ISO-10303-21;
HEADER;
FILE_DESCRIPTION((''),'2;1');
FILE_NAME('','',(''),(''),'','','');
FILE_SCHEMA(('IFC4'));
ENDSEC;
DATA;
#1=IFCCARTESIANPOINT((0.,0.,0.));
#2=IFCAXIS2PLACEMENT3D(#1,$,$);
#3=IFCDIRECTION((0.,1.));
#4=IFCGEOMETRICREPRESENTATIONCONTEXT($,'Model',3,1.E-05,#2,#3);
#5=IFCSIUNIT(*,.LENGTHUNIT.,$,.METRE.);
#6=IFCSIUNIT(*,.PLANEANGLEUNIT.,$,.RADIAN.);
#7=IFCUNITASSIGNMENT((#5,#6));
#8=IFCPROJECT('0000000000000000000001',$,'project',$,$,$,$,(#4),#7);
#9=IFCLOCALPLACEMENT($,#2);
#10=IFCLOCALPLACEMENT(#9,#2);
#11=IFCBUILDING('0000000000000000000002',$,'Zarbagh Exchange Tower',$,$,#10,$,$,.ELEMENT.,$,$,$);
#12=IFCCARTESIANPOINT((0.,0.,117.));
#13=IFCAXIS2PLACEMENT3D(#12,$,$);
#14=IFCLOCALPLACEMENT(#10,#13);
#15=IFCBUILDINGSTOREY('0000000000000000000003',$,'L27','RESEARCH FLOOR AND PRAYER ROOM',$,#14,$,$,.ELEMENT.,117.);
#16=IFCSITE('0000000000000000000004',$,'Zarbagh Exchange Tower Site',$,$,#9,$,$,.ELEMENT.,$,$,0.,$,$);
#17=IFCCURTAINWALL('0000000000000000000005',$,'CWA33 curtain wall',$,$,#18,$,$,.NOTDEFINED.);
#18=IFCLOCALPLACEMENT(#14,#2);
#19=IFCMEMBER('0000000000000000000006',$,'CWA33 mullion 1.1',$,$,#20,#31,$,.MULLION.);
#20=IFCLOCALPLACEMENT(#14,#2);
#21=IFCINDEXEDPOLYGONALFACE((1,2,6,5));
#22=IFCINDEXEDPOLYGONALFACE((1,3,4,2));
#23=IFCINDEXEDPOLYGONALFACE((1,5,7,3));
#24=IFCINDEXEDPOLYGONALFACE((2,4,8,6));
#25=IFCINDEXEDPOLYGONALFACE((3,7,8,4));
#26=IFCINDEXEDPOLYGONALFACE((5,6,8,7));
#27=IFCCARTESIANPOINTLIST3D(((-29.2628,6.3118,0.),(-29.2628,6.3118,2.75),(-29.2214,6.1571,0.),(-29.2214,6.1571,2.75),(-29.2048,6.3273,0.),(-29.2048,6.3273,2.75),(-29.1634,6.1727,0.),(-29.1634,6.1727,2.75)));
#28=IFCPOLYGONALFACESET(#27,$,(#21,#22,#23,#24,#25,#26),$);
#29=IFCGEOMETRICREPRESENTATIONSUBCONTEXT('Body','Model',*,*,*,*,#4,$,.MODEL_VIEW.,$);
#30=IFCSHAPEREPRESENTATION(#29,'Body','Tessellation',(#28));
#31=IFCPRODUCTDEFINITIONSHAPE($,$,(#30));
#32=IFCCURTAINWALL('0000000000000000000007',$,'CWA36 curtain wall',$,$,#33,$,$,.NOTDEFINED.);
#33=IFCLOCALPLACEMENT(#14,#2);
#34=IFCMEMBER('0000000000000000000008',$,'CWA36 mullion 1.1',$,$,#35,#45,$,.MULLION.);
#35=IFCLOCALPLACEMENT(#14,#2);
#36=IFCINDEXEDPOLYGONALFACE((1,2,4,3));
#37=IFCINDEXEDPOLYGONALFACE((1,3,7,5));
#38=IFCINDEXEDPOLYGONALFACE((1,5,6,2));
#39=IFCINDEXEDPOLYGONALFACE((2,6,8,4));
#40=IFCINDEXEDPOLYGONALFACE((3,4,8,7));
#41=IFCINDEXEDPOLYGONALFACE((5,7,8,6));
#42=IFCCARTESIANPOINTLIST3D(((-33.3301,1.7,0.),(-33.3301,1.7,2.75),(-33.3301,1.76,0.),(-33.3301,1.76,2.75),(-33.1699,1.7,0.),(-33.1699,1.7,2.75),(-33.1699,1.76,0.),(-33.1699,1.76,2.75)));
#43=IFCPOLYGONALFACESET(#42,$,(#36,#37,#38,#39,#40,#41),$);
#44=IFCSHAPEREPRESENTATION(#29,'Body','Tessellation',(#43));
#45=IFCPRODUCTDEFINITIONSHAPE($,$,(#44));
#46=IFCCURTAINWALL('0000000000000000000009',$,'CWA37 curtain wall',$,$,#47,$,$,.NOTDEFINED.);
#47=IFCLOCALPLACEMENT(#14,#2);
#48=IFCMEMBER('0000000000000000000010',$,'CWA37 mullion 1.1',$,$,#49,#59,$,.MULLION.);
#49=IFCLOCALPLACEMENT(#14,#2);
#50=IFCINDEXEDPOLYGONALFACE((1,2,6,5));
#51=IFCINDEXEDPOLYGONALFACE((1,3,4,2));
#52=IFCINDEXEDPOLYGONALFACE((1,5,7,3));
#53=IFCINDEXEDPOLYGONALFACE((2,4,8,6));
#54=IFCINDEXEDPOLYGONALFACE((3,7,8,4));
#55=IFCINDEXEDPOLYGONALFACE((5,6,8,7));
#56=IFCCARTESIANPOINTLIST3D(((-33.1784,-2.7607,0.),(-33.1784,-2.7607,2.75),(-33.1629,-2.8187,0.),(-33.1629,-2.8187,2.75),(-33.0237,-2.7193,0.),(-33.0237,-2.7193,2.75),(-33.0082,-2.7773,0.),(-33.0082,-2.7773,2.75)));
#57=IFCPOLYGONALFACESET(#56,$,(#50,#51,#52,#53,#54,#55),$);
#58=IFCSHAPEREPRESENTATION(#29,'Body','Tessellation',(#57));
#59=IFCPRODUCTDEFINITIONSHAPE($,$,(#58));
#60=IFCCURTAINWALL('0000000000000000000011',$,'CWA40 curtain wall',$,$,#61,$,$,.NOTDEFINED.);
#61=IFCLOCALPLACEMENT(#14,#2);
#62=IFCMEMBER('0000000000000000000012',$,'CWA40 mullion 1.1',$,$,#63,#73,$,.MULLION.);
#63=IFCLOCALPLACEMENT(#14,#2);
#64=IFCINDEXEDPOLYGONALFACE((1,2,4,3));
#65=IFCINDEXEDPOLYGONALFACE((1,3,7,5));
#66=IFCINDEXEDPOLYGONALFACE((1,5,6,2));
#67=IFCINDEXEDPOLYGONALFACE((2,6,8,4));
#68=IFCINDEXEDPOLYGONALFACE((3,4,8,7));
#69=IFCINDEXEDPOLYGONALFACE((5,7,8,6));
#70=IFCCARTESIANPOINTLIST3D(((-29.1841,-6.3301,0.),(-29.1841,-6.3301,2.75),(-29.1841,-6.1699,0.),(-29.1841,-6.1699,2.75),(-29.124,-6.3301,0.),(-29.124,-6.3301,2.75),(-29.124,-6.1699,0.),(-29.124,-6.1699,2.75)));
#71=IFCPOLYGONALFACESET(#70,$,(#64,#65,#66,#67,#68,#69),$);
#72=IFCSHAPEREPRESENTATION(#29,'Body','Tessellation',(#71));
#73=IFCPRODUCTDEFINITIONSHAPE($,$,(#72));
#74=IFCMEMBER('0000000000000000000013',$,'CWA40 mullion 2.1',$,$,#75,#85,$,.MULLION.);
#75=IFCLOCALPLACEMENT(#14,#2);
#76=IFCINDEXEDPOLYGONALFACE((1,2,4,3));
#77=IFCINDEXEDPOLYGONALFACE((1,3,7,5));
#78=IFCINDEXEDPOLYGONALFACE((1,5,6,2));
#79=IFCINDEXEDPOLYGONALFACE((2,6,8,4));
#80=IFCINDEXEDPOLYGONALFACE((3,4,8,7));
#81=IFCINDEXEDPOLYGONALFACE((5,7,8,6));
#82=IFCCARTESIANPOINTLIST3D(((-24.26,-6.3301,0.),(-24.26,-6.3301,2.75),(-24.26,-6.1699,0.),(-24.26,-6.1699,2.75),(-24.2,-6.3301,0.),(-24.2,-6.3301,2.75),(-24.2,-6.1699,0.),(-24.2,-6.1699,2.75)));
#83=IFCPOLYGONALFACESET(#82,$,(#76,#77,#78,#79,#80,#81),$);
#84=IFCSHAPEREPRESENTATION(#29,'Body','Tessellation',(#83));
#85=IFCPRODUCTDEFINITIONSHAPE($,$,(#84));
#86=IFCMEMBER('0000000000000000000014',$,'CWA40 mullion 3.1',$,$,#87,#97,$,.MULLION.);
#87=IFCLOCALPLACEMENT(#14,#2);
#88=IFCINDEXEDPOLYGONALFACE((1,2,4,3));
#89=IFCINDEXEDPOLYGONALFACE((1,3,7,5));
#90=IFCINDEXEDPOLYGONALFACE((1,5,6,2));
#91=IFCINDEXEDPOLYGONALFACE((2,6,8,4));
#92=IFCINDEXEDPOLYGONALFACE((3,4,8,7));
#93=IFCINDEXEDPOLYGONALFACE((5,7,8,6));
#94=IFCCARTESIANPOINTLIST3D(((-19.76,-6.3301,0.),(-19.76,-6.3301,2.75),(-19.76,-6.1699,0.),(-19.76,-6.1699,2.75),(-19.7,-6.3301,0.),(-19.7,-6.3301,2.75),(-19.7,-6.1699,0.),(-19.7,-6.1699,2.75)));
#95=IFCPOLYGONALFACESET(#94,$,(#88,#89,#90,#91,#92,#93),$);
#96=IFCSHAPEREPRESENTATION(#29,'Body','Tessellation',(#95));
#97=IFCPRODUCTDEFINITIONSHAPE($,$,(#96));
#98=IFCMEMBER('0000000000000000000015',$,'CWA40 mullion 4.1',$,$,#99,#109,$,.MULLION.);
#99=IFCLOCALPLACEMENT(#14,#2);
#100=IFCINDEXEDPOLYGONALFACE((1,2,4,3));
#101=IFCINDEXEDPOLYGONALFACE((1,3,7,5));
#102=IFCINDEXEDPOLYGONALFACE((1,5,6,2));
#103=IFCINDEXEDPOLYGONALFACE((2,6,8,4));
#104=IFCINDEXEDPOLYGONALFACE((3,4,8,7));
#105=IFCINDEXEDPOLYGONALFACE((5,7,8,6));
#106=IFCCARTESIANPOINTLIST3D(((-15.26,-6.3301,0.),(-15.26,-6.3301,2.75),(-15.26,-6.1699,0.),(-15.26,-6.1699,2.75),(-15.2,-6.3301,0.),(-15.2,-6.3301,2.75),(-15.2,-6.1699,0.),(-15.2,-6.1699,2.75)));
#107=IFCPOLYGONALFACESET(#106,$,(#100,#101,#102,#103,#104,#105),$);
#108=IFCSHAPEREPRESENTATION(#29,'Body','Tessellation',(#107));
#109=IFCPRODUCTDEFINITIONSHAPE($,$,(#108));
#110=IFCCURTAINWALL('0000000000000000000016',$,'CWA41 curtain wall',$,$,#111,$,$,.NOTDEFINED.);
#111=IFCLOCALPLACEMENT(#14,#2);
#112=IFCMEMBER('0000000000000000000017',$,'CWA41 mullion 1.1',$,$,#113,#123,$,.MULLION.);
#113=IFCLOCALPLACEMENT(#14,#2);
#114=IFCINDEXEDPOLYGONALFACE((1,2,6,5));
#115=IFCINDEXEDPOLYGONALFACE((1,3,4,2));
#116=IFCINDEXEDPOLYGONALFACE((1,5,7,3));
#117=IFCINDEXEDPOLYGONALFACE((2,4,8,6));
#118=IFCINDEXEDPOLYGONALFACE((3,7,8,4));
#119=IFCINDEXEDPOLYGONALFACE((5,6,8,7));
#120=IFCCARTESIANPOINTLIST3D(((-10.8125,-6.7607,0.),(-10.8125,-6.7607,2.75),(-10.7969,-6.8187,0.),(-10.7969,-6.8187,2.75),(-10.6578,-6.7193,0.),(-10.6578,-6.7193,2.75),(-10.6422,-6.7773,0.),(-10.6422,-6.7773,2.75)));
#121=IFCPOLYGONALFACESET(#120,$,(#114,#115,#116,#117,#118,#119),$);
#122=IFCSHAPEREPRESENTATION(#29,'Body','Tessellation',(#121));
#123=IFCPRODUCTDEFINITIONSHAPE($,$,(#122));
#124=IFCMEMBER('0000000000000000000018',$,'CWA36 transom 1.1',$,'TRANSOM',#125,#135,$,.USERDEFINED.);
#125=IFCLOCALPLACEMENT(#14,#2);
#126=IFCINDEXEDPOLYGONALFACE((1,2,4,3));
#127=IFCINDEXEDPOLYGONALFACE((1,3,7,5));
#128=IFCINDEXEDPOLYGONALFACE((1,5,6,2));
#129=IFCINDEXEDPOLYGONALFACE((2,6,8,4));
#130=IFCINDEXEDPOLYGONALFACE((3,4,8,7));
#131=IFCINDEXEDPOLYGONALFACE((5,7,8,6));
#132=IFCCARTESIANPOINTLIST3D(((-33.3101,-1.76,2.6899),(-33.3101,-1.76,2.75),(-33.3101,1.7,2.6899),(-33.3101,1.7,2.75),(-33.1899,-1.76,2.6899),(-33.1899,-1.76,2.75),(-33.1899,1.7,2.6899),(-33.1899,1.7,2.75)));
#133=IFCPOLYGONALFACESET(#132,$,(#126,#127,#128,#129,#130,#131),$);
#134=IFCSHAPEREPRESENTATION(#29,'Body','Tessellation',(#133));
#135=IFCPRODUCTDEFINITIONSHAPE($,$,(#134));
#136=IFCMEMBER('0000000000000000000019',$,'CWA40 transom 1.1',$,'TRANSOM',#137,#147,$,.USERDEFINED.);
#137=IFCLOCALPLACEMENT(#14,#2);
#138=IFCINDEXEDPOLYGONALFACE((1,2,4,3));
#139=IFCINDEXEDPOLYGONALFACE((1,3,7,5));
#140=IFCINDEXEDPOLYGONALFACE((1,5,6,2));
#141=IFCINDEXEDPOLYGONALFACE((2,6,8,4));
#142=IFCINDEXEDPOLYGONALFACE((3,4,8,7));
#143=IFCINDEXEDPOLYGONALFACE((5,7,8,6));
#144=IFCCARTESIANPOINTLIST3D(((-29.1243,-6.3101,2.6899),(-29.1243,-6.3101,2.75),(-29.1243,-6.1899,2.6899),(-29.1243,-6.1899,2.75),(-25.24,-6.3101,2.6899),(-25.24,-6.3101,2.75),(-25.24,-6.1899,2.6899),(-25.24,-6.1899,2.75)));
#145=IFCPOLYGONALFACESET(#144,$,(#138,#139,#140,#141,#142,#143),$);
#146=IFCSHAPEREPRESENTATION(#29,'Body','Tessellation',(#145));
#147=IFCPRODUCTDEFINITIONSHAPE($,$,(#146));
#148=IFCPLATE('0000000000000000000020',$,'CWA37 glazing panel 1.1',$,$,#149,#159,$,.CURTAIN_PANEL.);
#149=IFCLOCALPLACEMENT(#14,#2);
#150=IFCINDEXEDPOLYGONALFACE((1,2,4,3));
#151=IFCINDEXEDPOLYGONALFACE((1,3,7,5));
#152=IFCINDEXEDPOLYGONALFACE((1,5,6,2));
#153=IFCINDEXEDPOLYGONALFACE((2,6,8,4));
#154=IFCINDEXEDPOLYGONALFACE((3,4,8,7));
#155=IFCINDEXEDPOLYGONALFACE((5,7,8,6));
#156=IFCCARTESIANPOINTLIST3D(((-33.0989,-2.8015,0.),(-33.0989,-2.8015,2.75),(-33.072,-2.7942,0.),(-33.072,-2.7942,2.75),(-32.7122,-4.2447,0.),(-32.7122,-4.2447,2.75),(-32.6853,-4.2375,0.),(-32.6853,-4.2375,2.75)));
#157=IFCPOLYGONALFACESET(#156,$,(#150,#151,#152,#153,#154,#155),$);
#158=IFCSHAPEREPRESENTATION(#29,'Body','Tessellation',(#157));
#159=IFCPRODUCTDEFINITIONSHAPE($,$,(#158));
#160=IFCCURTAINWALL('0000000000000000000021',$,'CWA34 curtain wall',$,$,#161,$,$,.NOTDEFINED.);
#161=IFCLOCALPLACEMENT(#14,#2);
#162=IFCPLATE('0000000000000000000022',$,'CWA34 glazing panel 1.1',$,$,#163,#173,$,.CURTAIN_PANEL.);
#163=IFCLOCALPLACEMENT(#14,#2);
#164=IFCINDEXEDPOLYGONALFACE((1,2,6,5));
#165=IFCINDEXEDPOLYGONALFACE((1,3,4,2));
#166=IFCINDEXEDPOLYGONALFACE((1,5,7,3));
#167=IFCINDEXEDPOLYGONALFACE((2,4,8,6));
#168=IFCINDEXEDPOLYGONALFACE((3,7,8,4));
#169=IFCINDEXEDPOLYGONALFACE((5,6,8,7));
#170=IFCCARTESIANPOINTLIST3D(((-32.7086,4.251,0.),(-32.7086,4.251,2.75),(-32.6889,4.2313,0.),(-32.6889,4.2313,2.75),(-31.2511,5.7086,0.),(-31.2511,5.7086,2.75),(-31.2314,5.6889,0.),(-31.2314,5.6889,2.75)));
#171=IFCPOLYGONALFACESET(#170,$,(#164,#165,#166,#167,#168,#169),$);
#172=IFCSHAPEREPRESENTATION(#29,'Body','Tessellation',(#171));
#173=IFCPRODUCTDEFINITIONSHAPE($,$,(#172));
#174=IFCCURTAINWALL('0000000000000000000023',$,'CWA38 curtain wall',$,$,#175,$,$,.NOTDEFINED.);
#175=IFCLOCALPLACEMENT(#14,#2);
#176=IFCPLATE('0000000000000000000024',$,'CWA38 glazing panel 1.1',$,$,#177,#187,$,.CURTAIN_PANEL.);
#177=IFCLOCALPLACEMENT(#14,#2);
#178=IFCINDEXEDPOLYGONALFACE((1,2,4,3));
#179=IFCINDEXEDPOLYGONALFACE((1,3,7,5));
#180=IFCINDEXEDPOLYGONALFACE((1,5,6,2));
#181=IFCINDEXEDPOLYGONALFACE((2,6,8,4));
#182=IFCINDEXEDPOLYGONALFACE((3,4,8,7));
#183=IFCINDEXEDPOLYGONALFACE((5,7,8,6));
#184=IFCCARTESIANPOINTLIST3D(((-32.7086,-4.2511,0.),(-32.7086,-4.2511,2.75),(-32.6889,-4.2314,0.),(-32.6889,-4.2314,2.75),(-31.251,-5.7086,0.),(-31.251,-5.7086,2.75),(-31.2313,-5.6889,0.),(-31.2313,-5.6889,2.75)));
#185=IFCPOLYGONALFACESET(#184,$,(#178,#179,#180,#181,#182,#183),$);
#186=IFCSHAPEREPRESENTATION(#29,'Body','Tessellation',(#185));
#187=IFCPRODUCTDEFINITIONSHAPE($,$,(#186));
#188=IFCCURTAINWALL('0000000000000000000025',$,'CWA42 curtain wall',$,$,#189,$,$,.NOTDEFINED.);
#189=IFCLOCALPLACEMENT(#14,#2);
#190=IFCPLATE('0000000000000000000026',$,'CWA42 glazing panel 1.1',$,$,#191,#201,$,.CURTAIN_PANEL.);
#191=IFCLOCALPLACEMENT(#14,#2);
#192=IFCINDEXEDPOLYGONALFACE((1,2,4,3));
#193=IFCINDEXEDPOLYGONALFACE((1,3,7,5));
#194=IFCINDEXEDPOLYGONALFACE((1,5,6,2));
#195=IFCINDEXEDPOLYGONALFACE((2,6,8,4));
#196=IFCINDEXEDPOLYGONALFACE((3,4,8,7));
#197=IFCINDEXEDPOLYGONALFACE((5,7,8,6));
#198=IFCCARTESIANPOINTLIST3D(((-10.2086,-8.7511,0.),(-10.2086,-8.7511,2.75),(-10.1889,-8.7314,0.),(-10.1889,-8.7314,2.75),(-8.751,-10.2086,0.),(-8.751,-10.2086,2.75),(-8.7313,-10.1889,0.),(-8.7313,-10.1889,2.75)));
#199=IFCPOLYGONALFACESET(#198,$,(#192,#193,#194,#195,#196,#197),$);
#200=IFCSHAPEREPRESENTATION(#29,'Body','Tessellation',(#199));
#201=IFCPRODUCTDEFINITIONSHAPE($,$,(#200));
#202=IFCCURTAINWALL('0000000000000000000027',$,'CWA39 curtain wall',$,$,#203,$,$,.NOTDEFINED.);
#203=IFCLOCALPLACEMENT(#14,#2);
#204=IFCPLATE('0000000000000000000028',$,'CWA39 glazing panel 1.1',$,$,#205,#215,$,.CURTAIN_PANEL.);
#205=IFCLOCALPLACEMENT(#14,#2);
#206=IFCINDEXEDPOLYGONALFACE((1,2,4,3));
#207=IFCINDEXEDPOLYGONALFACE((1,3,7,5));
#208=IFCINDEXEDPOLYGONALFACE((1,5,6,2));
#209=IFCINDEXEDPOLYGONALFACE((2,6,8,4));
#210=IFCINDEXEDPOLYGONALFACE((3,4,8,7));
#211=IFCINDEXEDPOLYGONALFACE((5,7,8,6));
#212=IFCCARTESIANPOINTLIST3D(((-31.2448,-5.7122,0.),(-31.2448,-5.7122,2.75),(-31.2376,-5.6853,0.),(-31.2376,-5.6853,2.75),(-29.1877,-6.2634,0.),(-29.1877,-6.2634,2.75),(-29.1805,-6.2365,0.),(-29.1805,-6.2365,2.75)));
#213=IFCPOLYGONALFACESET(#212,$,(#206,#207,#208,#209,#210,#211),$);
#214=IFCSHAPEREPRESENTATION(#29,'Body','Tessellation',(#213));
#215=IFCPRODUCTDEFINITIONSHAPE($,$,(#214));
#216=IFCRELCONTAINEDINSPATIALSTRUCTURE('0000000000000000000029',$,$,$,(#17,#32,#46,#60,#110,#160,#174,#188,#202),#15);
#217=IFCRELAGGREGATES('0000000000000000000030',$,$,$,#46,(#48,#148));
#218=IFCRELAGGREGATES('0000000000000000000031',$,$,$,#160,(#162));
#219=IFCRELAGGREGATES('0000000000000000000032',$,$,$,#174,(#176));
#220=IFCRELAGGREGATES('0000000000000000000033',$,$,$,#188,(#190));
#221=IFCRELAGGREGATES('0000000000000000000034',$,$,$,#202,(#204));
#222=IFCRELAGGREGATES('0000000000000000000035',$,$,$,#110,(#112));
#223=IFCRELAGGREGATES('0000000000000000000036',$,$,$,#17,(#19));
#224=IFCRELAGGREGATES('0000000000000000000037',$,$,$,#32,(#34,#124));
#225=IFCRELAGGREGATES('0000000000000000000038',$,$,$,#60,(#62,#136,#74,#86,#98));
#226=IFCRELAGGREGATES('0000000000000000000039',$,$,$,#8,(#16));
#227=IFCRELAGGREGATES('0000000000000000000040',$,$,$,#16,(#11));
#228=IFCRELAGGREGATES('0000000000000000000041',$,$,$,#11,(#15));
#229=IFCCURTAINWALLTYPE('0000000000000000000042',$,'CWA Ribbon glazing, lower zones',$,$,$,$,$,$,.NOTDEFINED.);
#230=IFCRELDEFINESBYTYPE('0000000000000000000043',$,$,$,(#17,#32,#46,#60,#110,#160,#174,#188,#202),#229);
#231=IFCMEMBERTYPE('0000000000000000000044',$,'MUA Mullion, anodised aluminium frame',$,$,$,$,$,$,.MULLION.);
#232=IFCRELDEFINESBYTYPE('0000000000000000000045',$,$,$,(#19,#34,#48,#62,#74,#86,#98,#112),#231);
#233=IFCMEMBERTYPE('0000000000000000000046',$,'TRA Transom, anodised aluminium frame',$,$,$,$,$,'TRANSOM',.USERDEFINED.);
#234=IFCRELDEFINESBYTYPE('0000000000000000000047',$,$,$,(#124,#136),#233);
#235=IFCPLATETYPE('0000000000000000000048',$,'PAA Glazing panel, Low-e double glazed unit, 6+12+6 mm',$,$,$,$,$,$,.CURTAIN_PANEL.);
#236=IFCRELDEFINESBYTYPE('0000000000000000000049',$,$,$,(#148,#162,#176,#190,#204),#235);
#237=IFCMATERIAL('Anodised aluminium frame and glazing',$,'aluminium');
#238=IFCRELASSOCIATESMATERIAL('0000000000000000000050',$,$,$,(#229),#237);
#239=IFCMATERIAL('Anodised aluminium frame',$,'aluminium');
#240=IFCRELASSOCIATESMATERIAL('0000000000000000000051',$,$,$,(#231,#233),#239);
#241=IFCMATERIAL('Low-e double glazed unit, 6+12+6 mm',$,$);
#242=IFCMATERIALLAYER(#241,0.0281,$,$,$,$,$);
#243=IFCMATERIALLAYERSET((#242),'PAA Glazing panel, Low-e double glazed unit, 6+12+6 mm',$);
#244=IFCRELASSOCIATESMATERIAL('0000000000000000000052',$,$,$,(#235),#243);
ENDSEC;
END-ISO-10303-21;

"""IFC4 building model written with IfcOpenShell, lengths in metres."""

from ifc_helpers import new_model, si_unit, direction, frame, origin, place, context, subcontext, project, spatial, polyline, outline, extrude, source, transform, mapped, material, layer, layer_set, type_object, element, aggregate, save


model = new_model("IFC4")

# Units and contexts
model_context = context("Model", 3, precision=1e-05, world=origin(), true_north=direction((0.0, 1.0)))
body_context = subcontext(model_context, "Body", "Model", "MODEL_VIEW")
ifc_project = project(units=[si_unit("LENGTHUNIT", "METRE"), si_unit("PLANEANGLEUNIT", "RADIAN")], contexts=[model_context])

# Site, building, storey
site_placement = place(None, origin())
site = spatial("IfcSite", under=ifc_project, at=site_placement, Name="Zarbagh Exchange Tower Site", CompositionType="ELEMENT", RefElevation=0.0)
building_placement = place(site_placement, origin())
building = spatial("IfcBuilding", under=site, at=building_placement, Name="Zarbagh Exchange Tower", CompositionType="ELEMENT")
storey_placement = place(building_placement, frame((0.0, 0.0, 117.0)))
storey = spatial("IfcBuildingStorey", under=building, at=storey_placement, Name="L27", Description="RESEARCH FLOOR AND PRAYER ROOM", CompositionType="ELEMENT", Elevation=117.0)

# Curtain walls, members
ifc_material_1 = material(Name="Anodised aluminium frame and glazing", Category="aluminium")
curtain_wall_type = type_object("IfcCurtainWallType", Name="CWA Ribbon glazing, lower zones", PredefinedType="NOTDEFINED", material=ifc_material_1)
curtain_wall_1_placement = place(storey_placement, origin())
curtain_wall_1 = element("IfcCurtainWall", 1, at=curtain_wall_1_placement, inside=storey, type_object=curtain_wall_type, Name="CWA33 curtain wall", PredefinedType="NOTDEFINED")
ifc_material_2 = material(Name="Anodised aluminium frame", Category="aluminium")
member_type_1 = type_object("IfcMemberType", Name="MUA Mullion, anodised aluminium frame", PredefinedType="MULLION", material=ifc_material_2)
shared_shape_1 = source(origin(), body_context, "Body", "SweptSolid", [
    extrude(outline(polyline([(0.0, -0.0801), (0.0601, -0.0801), (0.0601, 0.0801), (0.0, 0.0801), (0.0, -0.0801)])), origin(), (0.0, 0.0, 1.0), 2.75),
])
placement = place(storey_placement, origin())
member_1 = element("IfcMember", 2, at=placement, type_object=member_type_1, Name="CWA33 mullion 1.1", PredefinedType="MULLION", context=body_context, shape_type="MappedRepresentation", body=[
    mapped(shared_shape_1, transform((-29.1841, 6.25, 0.0), x_axis=(-0.965924, -0.258825, 0.0), y_axis=(0.258825, -0.965924, 0.0), z_axis=(0.0, 0.0, 1.0))),
])
curtain_wall_2_placement = place(storey_placement, origin())
curtain_wall_2 = element("IfcCurtainWall", 3, at=curtain_wall_2_placement, inside=storey, type_object=curtain_wall_type, Name="CWA36 curtain wall", PredefinedType="NOTDEFINED")
member_2 = element("IfcMember", 4, at=placement, type_object=member_type_1, Name="CWA36 mullion 1.1", PredefinedType="MULLION", context=body_context, shape_type="MappedRepresentation", body=[
    mapped(shared_shape_1, transform((-33.25, 1.76, 0.0), x_axis=(0.0, -1.0, 0.0), y_axis=(1.0, 0.0, 0.0), z_axis=(0.0, 0.0, 1.0))),
])
curtain_wall_3_placement = place(storey_placement, origin())
curtain_wall_3 = element("IfcCurtainWall", 5, at=curtain_wall_3_placement, inside=storey, type_object=curtain_wall_type, Name="CWA37 curtain wall", PredefinedType="NOTDEFINED")
member_3 = element("IfcMember", 6, at=placement, type_object=member_type_1, Name="CWA37 mullion 1.1", PredefinedType="MULLION", context=body_context, shape_type="MappedRepresentation", body=[
    mapped(shared_shape_1, transform((-33.1011, -2.74, 0.0), x_axis=(0.258825, -0.965924, 0.0), y_axis=(0.965924, 0.258825, 0.0), z_axis=(0.0, 0.0, 1.0))),
])

# Curtain wall, members
curtain_wall_4_placement = place(storey_placement, origin())
curtain_wall_4 = element("IfcCurtainWall", 7, at=curtain_wall_4_placement, inside=storey, type_object=curtain_wall_type, Name="CWA40 curtain wall", PredefinedType="NOTDEFINED")
member_4 = element("IfcMember", 8, at=placement, type_object=member_type_1, Name="CWA40 mullion 1.1", PredefinedType="MULLION", context=body_context, shape_type="MappedRepresentation", body=[
    mapped(shared_shape_1, transform((-29.1841, -6.25, 0.0), x_axis=(1.0, 0.0, 0.0), y_axis=(0.0, 1.0, 0.0), z_axis=(0.0, 0.0, 1.0))),
])
member_5 = element("IfcMember", 9, at=placement, type_object=member_type_1, Name="CWA40 mullion 2.1", PredefinedType="MULLION", context=body_context, shape_type="MappedRepresentation", body=[
    mapped(shared_shape_1, transform((-24.26, -6.25, 0.0), x_axis=(1.0, 0.0, 0.0), y_axis=(0.0, 1.0, 0.0), z_axis=(0.0, 0.0, 1.0))),
])
member_6 = element("IfcMember", 10, at=placement, type_object=member_type_1, Name="CWA40 mullion 3.1", PredefinedType="MULLION", context=body_context, shape_type="MappedRepresentation", body=[
    mapped(shared_shape_1, transform((-19.76, -6.25, 0.0), x_axis=(1.0, 0.0, 0.0), y_axis=(0.0, 1.0, 0.0), z_axis=(0.0, 0.0, 1.0))),
])
member_7 = element("IfcMember", 11, at=placement, type_object=member_type_1, Name="CWA40 mullion 4.1", PredefinedType="MULLION", context=body_context, shape_type="MappedRepresentation", body=[
    mapped(shared_shape_1, transform((-15.26, -6.25, 0.0), x_axis=(1.0, 0.0, 0.0), y_axis=(0.0, 1.0, 0.0), z_axis=(0.0, 0.0, 1.0))),
])

# Curtain wall, member
curtain_wall_5_placement = place(storey_placement, origin())
curtain_wall_5 = element("IfcCurtainWall", 12, at=curtain_wall_5_placement, inside=storey, type_object=curtain_wall_type, Name="CWA41 curtain wall", PredefinedType="NOTDEFINED")
member_8 = element("IfcMember", 13, at=placement, type_object=member_type_1, Name="CWA41 mullion 1.1", PredefinedType="MULLION", context=body_context, shape_type="MappedRepresentation", body=[
    mapped(shared_shape_1, transform((-10.7351, -6.74, 0.0), x_axis=(0.258825, -0.965924, 0.0), y_axis=(0.965924, 0.258825, 0.0), z_axis=(0.0, 0.0, 1.0))),
])

# Members
member_type_2 = type_object("IfcMemberType", Name="TRA Transom, anodised aluminium frame", ElementType="TRANSOM", PredefinedType="USERDEFINED", material=ifc_material_2)
shared_shape_2 = source(origin(), body_context, "Body", "SweptSolid", [
    extrude(outline(polyline([(-0.0601, -0.0601), (0.0, -0.0601), (0.0, 0.0601), (-0.0601, 0.0601), (-0.0601, -0.0601)])), origin(), (0.0, 0.0, 1.0), 3.46),
])
member_9 = element("IfcMember", 14, at=placement, type_object=member_type_2, Name="CWA36 transom 1.1", ObjectType="TRANSOM", PredefinedType="USERDEFINED", context=body_context, shape_type="MappedRepresentation", body=[
    mapped(shared_shape_2, transform((-33.25, 1.7, 2.75), x_axis=(0.0, 0.0, 1.0), y_axis=(-1.0, 0.0, 0.0), z_axis=(0.0, -1.0, 0.0))),
])
shared_shape_3 = source(origin(), body_context, "Body", "SweptSolid", [
    extrude(outline(polyline([(-0.0601, -0.0601), (0.0, -0.0601), (0.0, 0.0601), (-0.0601, 0.0601), (-0.0601, -0.0601)])), origin(), (0.0, 0.0, 1.0), 3.8843),
])
member_10 = element("IfcMember", 15, at=placement, type_object=member_type_2, Name="CWA40 transom 1.1", ObjectType="TRANSOM", PredefinedType="USERDEFINED", context=body_context, shape_type="MappedRepresentation", body=[
    mapped(shared_shape_3, transform((-29.1243, -6.25, 2.75), x_axis=(0.0, 0.0, 1.0), y_axis=(0.0, -1.0, 0.0), z_axis=(1.0, 0.0, 0.0))),
])

# Plate
ifc_material_3 = material(Name="Low-e double glazed unit, 6+12+6 mm")
ifc_layer = layer(ifc_material_3, 0.0281)
ifc_layer_set = layer_set([ifc_layer], Name="PAA Glazing panel, Low-e double glazed unit, 6+12+6 mm")
plate_type = type_object("IfcPlateType", Name="PAA Glazing panel, Low-e double glazed unit, 6+12+6 mm", PredefinedType="CURTAIN_PANEL", material=ifc_layer_set)
shared_shape_4 = source(origin(), body_context, "Body", "SweptSolid", [
    extrude(outline(polyline([(0.0, -0.0139), (1.4941, -0.0139), (1.4941, 0.0139), (0.0, 0.0139), (0.0, -0.0139)])), origin(), (0.0, 0.0, 1.0), 2.75),
])
plate_1 = element("IfcPlate", 16, at=placement, type_object=plate_type, Name="CWA37 glazing panel 1.1", PredefinedType="CURTAIN_PANEL", context=body_context, shape_type="MappedRepresentation", body=[
    mapped(shared_shape_4, transform((-33.0854, -2.7979, 0.0), x_axis=(0.258825, -0.965924, 0.0), y_axis=(0.965924, 0.258825, 0.0), z_axis=(0.0, 0.0, 1.0))),
])
aggregate(curtain_wall_3, [member_3, plate_1])

# Curtain walls, plates
curtain_wall_6_placement = place(storey_placement, origin())
curtain_wall_6 = element("IfcCurtainWall", 17, at=curtain_wall_6_placement, inside=storey, type_object=curtain_wall_type, Name="CWA34 curtain wall", PredefinedType="NOTDEFINED")
shared_shape_5 = source(origin(), body_context, "Body", "SweptSolid", [
    extrude(outline(polyline([(0.0, -0.0139), (2.0613, -0.0139), (2.0613, 0.0139), (0.0, 0.0139), (0.0, -0.0139)])), origin(), (0.0, 0.0, 1.0), 2.75),
])
plate_2 = element("IfcPlate", 18, at=placement, type_object=plate_type, Name="CWA34 glazing panel 1.1", PredefinedType="CURTAIN_PANEL", context=body_context, shape_type="MappedRepresentation", body=[
    mapped(shared_shape_5, transform((-31.2412, 5.6987, 0.0), x_axis=(-0.707107, -0.707107, 0.0), y_axis=(0.707107, -0.707107, 0.0), z_axis=(0.0, 0.0, 1.0))),
])
aggregate(curtain_wall_6, [plate_2])
curtain_wall_7_placement = place(storey_placement, origin())
curtain_wall_7 = element("IfcCurtainWall", 19, at=curtain_wall_7_placement, inside=storey, type_object=curtain_wall_type, Name="CWA38 curtain wall", PredefinedType="NOTDEFINED")
plate_3 = element("IfcPlate", 20, at=placement, type_object=plate_type, Name="CWA38 glazing panel 1.1", PredefinedType="CURTAIN_PANEL", context=body_context, shape_type="MappedRepresentation", body=[
    mapped(shared_shape_5, transform((-32.6987, -4.2412, 0.0), x_axis=(0.707107, -0.707107, 0.0), y_axis=(0.707107, 0.707107, 0.0), z_axis=(0.0, 0.0, 1.0))),
])
aggregate(curtain_wall_7, [plate_3])
curtain_wall_8_placement = place(storey_placement, origin())
curtain_wall_8 = element("IfcCurtainWall", 21, at=curtain_wall_8_placement, inside=storey, type_object=curtain_wall_type, Name="CWA42 curtain wall", PredefinedType="NOTDEFINED")
plate_4 = element("IfcPlate", 22, at=placement, type_object=plate_type, Name="CWA42 glazing panel 1.1", PredefinedType="CURTAIN_PANEL", context=body_context, shape_type="MappedRepresentation", body=[
    mapped(shared_shape_5, transform((-10.1987, -8.7412, 0.0), x_axis=(0.707107, -0.707107, 0.0), y_axis=(0.707107, 0.707107, 0.0), z_axis=(0.0, 0.0, 1.0))),
])
aggregate(curtain_wall_8, [plate_4])
curtain_wall_9_placement = place(storey_placement, origin())
curtain_wall_9 = element("IfcCurtainWall", 23, at=curtain_wall_9_placement, inside=storey, type_object=curtain_wall_type, Name="CWA39 curtain wall", PredefinedType="NOTDEFINED")
shared_shape_6 = source(origin(), body_context, "Body", "SweptSolid", [
    extrude(outline(polyline([(0.0, -0.0139), (2.1296, -0.0139), (2.1296, 0.0139), (0.0, 0.0139), (0.0, -0.0139)])), origin(), (0.0, 0.0, 1.0), 2.75),
])
plate_5 = element("IfcPlate", 24, at=placement, type_object=plate_type, Name="CWA39 glazing panel 1.1", PredefinedType="CURTAIN_PANEL", context=body_context, shape_type="MappedRepresentation", body=[
    mapped(shared_shape_6, transform((-31.2412, -5.6987, 0.0), x_axis=(0.965924, -0.258825, 0.0), y_axis=(0.258825, 0.965924, 0.0), z_axis=(0.0, 0.0, 1.0))),
])
aggregate(curtain_wall_9, [plate_5])

aggregate(curtain_wall_5, [member_8])
aggregate(curtain_wall_1, [member_1])

aggregate(curtain_wall_2, [member_2, member_9])
aggregate(curtain_wall_4, [member_4, member_10, member_5, member_6, member_7])

save(model, "model.ifc")
